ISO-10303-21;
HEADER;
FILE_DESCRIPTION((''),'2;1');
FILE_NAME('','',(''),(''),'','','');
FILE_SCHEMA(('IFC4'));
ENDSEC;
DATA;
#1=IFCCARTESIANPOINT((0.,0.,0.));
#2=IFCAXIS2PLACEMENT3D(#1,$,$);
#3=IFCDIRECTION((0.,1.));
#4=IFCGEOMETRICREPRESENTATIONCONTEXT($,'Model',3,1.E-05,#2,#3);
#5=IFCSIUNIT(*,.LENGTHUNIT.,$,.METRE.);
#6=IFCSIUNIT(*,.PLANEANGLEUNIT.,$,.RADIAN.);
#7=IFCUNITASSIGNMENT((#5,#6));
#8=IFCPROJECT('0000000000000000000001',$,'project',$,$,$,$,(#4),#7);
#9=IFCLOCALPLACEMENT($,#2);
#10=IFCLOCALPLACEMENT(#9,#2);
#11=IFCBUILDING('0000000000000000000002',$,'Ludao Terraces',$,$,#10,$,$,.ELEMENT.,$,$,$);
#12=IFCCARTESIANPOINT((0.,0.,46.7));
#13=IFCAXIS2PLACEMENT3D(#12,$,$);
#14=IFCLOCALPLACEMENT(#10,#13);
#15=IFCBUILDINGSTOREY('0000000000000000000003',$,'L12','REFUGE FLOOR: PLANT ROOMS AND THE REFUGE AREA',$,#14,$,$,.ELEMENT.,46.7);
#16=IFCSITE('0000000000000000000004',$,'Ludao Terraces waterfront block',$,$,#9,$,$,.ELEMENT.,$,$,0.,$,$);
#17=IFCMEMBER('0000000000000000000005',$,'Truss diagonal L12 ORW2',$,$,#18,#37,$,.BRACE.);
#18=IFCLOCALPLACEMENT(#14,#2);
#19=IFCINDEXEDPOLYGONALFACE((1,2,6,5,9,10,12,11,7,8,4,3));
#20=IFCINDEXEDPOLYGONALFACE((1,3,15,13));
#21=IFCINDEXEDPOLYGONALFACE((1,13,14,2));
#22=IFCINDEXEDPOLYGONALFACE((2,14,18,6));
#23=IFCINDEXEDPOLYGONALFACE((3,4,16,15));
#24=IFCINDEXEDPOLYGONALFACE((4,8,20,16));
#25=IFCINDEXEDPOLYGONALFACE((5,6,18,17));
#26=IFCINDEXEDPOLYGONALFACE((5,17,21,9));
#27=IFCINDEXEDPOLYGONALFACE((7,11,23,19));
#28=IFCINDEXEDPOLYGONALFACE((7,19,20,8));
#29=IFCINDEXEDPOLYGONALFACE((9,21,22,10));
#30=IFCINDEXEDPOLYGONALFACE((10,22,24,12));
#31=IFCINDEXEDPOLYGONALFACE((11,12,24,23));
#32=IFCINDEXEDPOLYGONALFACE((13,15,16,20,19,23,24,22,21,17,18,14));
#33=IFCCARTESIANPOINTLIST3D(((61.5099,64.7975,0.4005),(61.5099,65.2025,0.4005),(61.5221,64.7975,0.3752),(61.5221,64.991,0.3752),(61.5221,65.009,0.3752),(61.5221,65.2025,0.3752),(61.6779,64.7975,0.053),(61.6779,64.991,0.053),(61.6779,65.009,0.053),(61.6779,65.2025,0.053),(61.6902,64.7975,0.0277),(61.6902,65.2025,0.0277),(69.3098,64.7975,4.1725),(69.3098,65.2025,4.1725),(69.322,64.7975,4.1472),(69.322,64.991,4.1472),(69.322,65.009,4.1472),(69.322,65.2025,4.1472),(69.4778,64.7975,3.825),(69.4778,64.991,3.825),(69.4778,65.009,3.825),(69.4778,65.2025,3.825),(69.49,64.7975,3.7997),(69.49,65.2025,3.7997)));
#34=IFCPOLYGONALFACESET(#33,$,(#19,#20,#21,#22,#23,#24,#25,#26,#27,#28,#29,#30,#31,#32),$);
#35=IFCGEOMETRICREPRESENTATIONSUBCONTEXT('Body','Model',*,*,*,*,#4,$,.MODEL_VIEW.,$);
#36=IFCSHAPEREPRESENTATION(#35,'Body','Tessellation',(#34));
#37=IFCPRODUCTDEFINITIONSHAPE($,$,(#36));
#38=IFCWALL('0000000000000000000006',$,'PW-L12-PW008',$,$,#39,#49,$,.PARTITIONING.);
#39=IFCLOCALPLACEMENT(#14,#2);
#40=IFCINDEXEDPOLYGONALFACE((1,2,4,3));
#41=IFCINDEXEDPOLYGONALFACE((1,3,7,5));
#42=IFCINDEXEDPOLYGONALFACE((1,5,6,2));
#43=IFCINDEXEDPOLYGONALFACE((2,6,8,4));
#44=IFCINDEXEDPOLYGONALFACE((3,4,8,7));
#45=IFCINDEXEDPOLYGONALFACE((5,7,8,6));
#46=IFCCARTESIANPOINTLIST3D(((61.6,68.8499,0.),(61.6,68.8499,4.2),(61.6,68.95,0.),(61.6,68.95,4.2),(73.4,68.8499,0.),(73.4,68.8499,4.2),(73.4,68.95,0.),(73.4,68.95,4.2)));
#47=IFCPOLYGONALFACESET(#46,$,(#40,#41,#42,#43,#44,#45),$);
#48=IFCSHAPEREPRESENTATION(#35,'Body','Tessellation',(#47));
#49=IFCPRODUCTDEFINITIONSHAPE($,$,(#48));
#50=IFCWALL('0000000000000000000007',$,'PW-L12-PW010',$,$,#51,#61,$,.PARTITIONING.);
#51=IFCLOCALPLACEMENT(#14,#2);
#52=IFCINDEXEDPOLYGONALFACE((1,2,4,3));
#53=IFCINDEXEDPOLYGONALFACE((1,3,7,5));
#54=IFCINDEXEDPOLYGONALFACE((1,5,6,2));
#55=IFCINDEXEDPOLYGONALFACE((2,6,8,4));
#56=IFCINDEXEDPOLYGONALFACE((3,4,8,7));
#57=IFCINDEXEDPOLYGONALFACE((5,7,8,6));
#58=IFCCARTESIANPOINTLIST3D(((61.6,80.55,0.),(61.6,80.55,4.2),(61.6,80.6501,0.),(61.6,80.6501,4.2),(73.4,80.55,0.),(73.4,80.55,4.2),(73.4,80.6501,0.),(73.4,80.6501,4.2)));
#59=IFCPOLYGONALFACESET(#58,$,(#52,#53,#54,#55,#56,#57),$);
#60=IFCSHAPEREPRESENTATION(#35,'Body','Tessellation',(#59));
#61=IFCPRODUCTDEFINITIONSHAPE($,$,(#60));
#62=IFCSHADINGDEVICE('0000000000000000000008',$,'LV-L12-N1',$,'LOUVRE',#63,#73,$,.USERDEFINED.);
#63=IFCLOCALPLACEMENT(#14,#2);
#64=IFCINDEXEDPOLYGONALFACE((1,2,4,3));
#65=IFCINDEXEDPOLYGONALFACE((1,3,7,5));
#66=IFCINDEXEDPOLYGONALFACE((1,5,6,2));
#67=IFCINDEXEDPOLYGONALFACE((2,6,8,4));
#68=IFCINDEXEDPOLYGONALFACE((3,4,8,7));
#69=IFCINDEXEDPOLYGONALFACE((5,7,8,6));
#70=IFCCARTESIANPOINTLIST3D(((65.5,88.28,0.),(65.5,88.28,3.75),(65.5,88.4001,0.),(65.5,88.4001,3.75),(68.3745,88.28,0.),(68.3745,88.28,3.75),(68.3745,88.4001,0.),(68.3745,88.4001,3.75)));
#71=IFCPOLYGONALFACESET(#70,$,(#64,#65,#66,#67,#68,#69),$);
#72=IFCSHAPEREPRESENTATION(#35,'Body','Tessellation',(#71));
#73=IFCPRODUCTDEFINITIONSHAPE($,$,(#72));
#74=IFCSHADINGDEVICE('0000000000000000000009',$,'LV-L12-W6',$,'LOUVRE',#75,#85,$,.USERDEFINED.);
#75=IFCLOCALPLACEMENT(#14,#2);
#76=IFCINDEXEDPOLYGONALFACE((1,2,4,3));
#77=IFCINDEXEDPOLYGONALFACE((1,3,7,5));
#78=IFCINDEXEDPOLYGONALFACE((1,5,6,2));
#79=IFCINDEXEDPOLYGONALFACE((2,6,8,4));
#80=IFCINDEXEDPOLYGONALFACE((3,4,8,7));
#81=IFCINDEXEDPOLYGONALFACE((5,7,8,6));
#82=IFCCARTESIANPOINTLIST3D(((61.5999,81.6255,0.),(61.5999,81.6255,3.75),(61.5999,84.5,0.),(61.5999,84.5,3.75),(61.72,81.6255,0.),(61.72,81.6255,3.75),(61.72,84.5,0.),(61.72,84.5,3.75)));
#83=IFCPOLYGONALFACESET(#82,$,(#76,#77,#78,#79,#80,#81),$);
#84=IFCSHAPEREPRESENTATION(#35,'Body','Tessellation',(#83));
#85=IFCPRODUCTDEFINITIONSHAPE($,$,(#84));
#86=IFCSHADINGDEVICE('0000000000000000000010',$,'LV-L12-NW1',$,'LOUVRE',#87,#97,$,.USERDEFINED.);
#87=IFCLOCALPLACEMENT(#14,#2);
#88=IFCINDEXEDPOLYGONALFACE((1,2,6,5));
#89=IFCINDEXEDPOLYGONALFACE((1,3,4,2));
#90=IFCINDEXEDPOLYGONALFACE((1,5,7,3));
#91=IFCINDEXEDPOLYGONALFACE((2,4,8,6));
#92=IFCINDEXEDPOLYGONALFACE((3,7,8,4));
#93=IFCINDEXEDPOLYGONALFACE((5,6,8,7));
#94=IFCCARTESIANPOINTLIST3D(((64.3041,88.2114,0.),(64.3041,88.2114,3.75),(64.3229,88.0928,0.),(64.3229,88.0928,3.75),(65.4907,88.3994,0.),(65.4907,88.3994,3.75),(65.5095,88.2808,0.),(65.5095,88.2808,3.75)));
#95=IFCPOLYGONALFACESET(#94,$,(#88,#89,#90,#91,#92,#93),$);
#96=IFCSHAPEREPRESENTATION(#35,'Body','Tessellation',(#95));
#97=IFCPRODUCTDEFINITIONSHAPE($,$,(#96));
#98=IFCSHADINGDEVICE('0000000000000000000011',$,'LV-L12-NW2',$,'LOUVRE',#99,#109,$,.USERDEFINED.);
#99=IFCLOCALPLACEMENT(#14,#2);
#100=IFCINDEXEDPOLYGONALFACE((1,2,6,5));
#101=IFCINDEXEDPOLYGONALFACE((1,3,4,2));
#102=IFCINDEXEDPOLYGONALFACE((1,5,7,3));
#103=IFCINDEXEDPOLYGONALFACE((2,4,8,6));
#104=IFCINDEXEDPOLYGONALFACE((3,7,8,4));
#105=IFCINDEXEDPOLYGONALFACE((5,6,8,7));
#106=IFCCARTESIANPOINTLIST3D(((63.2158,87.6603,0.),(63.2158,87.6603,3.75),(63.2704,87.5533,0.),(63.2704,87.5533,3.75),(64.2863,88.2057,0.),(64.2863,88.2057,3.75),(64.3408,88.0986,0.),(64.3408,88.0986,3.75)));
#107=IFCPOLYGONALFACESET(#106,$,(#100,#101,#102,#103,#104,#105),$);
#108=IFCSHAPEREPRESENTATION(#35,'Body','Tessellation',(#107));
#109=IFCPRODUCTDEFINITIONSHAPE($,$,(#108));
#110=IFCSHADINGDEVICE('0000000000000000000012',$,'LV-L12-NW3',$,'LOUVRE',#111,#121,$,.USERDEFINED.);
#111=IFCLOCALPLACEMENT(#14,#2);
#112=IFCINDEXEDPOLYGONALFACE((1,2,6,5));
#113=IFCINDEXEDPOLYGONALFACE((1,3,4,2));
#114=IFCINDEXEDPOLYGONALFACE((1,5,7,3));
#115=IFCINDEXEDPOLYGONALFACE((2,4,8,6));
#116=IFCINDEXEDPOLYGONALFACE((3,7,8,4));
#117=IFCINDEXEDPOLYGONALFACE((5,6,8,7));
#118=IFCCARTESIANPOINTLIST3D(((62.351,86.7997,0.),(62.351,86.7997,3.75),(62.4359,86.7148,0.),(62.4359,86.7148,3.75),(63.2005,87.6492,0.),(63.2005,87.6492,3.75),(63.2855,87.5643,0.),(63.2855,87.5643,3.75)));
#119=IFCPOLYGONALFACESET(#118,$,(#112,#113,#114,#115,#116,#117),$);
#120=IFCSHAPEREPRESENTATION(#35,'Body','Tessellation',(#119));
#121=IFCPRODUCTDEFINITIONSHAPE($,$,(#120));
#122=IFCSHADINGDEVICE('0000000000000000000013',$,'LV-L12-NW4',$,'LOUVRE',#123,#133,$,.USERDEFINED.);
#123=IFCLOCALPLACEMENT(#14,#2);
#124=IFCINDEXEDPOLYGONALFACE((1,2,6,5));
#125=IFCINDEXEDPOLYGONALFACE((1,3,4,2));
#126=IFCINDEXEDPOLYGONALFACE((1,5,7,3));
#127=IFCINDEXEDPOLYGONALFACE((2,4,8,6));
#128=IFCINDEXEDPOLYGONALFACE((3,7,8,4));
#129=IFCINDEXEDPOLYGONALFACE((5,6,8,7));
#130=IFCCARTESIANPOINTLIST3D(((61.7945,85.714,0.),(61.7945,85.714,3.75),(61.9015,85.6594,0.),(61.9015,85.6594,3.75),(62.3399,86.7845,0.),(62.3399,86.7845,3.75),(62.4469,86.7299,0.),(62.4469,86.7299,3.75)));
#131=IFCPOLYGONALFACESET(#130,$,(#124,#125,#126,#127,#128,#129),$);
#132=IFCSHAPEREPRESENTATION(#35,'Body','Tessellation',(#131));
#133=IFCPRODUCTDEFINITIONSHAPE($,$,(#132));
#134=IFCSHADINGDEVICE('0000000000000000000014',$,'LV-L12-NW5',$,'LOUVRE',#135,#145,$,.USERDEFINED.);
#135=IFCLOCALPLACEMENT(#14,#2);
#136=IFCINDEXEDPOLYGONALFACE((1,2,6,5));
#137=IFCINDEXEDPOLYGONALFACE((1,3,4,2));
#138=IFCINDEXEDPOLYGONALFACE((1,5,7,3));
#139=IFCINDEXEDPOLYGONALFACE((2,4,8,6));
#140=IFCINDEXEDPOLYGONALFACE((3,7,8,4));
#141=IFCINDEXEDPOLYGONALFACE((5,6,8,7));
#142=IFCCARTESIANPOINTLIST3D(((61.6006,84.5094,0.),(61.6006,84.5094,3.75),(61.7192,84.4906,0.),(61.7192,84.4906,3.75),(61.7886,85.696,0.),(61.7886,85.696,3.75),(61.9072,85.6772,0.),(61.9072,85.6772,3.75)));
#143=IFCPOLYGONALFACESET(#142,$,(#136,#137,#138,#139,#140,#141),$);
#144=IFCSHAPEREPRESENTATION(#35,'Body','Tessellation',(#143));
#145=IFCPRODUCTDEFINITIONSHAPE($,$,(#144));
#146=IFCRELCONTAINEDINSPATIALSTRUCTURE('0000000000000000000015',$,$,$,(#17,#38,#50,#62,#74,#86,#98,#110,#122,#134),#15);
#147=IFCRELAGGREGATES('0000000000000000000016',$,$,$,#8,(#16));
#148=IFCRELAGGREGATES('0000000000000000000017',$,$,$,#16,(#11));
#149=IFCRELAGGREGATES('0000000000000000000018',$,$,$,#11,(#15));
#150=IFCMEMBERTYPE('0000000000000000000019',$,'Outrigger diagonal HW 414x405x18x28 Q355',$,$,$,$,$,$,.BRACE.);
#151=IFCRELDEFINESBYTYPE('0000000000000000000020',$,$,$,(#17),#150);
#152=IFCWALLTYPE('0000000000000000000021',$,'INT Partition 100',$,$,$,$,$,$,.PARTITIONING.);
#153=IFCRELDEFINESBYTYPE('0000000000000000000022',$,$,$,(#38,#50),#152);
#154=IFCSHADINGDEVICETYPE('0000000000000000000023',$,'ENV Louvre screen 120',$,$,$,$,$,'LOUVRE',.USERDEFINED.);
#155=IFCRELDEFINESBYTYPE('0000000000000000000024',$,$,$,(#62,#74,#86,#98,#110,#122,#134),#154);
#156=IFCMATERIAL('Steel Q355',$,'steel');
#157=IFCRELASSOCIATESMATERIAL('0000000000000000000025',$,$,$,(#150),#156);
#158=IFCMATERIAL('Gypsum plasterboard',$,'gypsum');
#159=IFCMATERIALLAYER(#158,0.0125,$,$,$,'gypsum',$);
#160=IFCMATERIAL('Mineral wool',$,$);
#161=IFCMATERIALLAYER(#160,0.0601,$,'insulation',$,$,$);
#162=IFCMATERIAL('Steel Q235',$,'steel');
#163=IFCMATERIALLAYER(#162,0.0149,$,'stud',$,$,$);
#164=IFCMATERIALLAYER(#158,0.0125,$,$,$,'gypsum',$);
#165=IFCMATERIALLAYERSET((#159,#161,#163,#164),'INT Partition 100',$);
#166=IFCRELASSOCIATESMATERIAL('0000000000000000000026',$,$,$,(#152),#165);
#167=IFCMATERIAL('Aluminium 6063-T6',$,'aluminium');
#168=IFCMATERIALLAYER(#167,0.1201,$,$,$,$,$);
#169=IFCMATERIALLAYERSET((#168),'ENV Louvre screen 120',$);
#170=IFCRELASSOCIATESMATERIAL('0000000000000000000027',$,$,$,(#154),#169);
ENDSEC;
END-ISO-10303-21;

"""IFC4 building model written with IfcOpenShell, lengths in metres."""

from ifc_helpers import new_model, si_unit, direction, frame, frame_2d, origin, origin_2d, place, context, subcontext, project, spatial, rectangle, i_section, extrude, material, layer, layer_set, material_profile, profile_set, type_object, element, save


model = new_model("IFC4")

# Units and contexts
model_context = context("Model", 3, precision=1e-05, world=origin(), true_north=direction((0.0, 1.0)))
body_context = subcontext(model_context, "Body", "Model", "MODEL_VIEW")
ifc_project = project(units=[si_unit("LENGTHUNIT", "METRE"), si_unit("PLANEANGLEUNIT", "RADIAN")], contexts=[model_context])

# Site, building, storey
site_placement = place(None, origin())
site = spatial("IfcSite", under=ifc_project, at=site_placement, Name="Ludao Terraces waterfront block", CompositionType="ELEMENT", RefElevation=0.0)
building_placement = place(site_placement, origin())
building = spatial("IfcBuilding", under=site, at=building_placement, Name="Ludao Terraces", CompositionType="ELEMENT")
storey_placement = place(building_placement, frame((0.0, 0.0, 46.7)))
storey = spatial("IfcBuildingStorey", under=building, at=storey_placement, Name="L12", Description="REFUGE FLOOR: PLANT ROOMS AND THE REFUGE AREA", CompositionType="ELEMENT", Elevation=46.7)

# Member
ifc_material_1 = material(Name="Steel Q355", Category="steel")
ifc_material_profile_1 = material_profile(ifc_material_1, i_section(OverallWidth=0.405, OverallDepth=0.4141, WebThickness=0.0181, FlangeThickness=0.0281, at=origin_2d()), Name="HW 414X405X18X28")
ifc_profile_set_1 = profile_set([ifc_material_profile_1], Name="Steel Q355")
member_type_1 = type_object("IfcMemberType", Name="Outrigger diagonal HW 414x405x18x28 Q355", PredefinedType="BRACE", material=ifc_profile_set_1)
member_1_placement = place(storey_placement, frame((69.3999, 65.0, 3.9861), z_axis=(-0.900255, 0.0, -0.435362), x_axis=(0.0, -1.0, 0.0)))
element("IfcMember", 1, at=member_1_placement, inside=storey, type_object=member_type_1, Name="Truss diagonal L12 ORW2", PredefinedType="BRACE", context=body_context, shape_type="SweptSolid", body=[
    extrude(i_section(OverallWidth=0.405, OverallDepth=0.4141, WebThickness=0.0181, FlangeThickness=0.0281, at=origin_2d()), origin(), (0.0, 0.0, 1.0), 8.6641),
])

# Walls
ifc_material_2 = material(Name="Gypsum plasterboard", Category="gypsum")
ifc_layer_1 = layer(ifc_material_2, 0.0125, Category="gypsum")
ifc_material_3 = material(Name="Mineral wool")
ifc_layer_2 = layer(ifc_material_3, 0.0601, Name="insulation")
ifc_material_4 = material(Name="Steel Q235", Category="steel")
ifc_layer_3 = layer(ifc_material_4, 0.0149, Name="stud")
ifc_layer_4 = layer(ifc_material_2, 0.0125, Category="gypsum")
ifc_layer_set_1 = layer_set([ifc_layer_1, ifc_layer_2, ifc_layer_3, ifc_layer_4], Name="INT Partition 100")
wall_type = type_object("IfcWallType", Name="INT Partition 100", PredefinedType="PARTITIONING", material=ifc_layer_set_1)
for number, where, z_axis, x_axis, name in (
    (2, (61.6001, 68.8999, 0.0), (0.0, 0.0, 1.0), (1.0, 0.0, 0.0), "PW-L12-PW008"),
    (3, (61.6001, 80.6001, 0.0), (0.0, 0.0, 1.0), (1.0, 0.0, 0.0), "PW-L12-PW010"),
):
    element("IfcWall", number, at=place(storey_placement, frame(where, z_axis=z_axis, x_axis=x_axis)), inside=storey, type_object=wall_type, Name=name, PredefinedType="PARTITIONING", context=body_context, shape_type="SweptSolid", body=[
        extrude(rectangle(XDim=11.8, YDim=0.1001, at=frame_2d((5.8999, 0.0))), origin(), (0.0, 0.0, 1.0), 4.2),
    ])

# Shading devices
ifc_material_5 = material(Name="Aluminium 6063-T6", Category="aluminium")
ifc_layer_5 = layer(ifc_material_5, 0.1201)
ifc_layer_set_2 = layer_set([ifc_layer_5], Name="ENV Louvre screen 120")
shading_device_type = type_object("IfcShadingDeviceType", Name="ENV Louvre screen 120", ElementType="LOUVRE", PredefinedType="USERDEFINED", material=ifc_layer_set_2)
for number, where, z_axis, x_axis, name in (
    (4, (65.5, 88.3401, 0.0), (0.0, 0.0, 1.0), (1.0, 0.0, 0.0), "LV-L12-N1"),
    (5, (61.6599, 81.6255, 0.0), (0.0, 0.0, 1.0), (0.0, 1.0, 0.0), "LV-L12-W6"),
):
    element("IfcShadingDevice", number, at=place(storey_placement, frame(where, z_axis=z_axis, x_axis=x_axis)), inside=storey, type_object=shading_device_type, Name=name, ObjectType="LOUVRE", PredefinedType="USERDEFINED", context=body_context, shape_type="SweptSolid", body=[
        extrude(rectangle(XDim=2.8745, YDim=0.1201, at=frame_2d((1.4373, 0.0))), origin(), (0.0, 0.0, 1.0), 3.75),
    ])
for number, where, z_axis, x_axis, name in (
    (6, (65.5, 88.3401, 0.0), (0.0, 0.0, 1.0), (-0.98768, -0.156484, 0.0), "LV-L12-NW1"),
    (7, (64.3135, 88.1521, 0.0), (0.0, 0.0, 1.0), (-0.891029, -0.453947, 0.0), "LV-L12-NW2"),
    (8, (63.2429, 87.6067, 0.0), (0.0, 0.0, 1.0), (-0.707107, -0.707107, 0.0), "LV-L12-NW3"),
    (9, (62.3933, 86.7571, 0.0), (0.0, 0.0, 1.0), (-0.453947, -0.891029, 0.0), "LV-L12-NW4"),
    (10, (61.8479, 85.6865, 0.0), (0.0, 0.0, 1.0), (-0.156484, -0.98768, 0.0), "LV-L12-NW5"),
):
    element("IfcShadingDevice", number, at=place(storey_placement, frame(where, z_axis=z_axis, x_axis=x_axis)), inside=storey, type_object=shading_device_type, Name=name, ObjectType="LOUVRE", PredefinedType="USERDEFINED", context=body_context, shape_type="SweptSolid", body=[
        extrude(rectangle(XDim=1.2014, YDim=0.1201, at=frame_2d((0.6006, 0.0))), origin(), (0.0, 0.0, 1.0), 3.75),
    ])

save(model, "model.ifc")
